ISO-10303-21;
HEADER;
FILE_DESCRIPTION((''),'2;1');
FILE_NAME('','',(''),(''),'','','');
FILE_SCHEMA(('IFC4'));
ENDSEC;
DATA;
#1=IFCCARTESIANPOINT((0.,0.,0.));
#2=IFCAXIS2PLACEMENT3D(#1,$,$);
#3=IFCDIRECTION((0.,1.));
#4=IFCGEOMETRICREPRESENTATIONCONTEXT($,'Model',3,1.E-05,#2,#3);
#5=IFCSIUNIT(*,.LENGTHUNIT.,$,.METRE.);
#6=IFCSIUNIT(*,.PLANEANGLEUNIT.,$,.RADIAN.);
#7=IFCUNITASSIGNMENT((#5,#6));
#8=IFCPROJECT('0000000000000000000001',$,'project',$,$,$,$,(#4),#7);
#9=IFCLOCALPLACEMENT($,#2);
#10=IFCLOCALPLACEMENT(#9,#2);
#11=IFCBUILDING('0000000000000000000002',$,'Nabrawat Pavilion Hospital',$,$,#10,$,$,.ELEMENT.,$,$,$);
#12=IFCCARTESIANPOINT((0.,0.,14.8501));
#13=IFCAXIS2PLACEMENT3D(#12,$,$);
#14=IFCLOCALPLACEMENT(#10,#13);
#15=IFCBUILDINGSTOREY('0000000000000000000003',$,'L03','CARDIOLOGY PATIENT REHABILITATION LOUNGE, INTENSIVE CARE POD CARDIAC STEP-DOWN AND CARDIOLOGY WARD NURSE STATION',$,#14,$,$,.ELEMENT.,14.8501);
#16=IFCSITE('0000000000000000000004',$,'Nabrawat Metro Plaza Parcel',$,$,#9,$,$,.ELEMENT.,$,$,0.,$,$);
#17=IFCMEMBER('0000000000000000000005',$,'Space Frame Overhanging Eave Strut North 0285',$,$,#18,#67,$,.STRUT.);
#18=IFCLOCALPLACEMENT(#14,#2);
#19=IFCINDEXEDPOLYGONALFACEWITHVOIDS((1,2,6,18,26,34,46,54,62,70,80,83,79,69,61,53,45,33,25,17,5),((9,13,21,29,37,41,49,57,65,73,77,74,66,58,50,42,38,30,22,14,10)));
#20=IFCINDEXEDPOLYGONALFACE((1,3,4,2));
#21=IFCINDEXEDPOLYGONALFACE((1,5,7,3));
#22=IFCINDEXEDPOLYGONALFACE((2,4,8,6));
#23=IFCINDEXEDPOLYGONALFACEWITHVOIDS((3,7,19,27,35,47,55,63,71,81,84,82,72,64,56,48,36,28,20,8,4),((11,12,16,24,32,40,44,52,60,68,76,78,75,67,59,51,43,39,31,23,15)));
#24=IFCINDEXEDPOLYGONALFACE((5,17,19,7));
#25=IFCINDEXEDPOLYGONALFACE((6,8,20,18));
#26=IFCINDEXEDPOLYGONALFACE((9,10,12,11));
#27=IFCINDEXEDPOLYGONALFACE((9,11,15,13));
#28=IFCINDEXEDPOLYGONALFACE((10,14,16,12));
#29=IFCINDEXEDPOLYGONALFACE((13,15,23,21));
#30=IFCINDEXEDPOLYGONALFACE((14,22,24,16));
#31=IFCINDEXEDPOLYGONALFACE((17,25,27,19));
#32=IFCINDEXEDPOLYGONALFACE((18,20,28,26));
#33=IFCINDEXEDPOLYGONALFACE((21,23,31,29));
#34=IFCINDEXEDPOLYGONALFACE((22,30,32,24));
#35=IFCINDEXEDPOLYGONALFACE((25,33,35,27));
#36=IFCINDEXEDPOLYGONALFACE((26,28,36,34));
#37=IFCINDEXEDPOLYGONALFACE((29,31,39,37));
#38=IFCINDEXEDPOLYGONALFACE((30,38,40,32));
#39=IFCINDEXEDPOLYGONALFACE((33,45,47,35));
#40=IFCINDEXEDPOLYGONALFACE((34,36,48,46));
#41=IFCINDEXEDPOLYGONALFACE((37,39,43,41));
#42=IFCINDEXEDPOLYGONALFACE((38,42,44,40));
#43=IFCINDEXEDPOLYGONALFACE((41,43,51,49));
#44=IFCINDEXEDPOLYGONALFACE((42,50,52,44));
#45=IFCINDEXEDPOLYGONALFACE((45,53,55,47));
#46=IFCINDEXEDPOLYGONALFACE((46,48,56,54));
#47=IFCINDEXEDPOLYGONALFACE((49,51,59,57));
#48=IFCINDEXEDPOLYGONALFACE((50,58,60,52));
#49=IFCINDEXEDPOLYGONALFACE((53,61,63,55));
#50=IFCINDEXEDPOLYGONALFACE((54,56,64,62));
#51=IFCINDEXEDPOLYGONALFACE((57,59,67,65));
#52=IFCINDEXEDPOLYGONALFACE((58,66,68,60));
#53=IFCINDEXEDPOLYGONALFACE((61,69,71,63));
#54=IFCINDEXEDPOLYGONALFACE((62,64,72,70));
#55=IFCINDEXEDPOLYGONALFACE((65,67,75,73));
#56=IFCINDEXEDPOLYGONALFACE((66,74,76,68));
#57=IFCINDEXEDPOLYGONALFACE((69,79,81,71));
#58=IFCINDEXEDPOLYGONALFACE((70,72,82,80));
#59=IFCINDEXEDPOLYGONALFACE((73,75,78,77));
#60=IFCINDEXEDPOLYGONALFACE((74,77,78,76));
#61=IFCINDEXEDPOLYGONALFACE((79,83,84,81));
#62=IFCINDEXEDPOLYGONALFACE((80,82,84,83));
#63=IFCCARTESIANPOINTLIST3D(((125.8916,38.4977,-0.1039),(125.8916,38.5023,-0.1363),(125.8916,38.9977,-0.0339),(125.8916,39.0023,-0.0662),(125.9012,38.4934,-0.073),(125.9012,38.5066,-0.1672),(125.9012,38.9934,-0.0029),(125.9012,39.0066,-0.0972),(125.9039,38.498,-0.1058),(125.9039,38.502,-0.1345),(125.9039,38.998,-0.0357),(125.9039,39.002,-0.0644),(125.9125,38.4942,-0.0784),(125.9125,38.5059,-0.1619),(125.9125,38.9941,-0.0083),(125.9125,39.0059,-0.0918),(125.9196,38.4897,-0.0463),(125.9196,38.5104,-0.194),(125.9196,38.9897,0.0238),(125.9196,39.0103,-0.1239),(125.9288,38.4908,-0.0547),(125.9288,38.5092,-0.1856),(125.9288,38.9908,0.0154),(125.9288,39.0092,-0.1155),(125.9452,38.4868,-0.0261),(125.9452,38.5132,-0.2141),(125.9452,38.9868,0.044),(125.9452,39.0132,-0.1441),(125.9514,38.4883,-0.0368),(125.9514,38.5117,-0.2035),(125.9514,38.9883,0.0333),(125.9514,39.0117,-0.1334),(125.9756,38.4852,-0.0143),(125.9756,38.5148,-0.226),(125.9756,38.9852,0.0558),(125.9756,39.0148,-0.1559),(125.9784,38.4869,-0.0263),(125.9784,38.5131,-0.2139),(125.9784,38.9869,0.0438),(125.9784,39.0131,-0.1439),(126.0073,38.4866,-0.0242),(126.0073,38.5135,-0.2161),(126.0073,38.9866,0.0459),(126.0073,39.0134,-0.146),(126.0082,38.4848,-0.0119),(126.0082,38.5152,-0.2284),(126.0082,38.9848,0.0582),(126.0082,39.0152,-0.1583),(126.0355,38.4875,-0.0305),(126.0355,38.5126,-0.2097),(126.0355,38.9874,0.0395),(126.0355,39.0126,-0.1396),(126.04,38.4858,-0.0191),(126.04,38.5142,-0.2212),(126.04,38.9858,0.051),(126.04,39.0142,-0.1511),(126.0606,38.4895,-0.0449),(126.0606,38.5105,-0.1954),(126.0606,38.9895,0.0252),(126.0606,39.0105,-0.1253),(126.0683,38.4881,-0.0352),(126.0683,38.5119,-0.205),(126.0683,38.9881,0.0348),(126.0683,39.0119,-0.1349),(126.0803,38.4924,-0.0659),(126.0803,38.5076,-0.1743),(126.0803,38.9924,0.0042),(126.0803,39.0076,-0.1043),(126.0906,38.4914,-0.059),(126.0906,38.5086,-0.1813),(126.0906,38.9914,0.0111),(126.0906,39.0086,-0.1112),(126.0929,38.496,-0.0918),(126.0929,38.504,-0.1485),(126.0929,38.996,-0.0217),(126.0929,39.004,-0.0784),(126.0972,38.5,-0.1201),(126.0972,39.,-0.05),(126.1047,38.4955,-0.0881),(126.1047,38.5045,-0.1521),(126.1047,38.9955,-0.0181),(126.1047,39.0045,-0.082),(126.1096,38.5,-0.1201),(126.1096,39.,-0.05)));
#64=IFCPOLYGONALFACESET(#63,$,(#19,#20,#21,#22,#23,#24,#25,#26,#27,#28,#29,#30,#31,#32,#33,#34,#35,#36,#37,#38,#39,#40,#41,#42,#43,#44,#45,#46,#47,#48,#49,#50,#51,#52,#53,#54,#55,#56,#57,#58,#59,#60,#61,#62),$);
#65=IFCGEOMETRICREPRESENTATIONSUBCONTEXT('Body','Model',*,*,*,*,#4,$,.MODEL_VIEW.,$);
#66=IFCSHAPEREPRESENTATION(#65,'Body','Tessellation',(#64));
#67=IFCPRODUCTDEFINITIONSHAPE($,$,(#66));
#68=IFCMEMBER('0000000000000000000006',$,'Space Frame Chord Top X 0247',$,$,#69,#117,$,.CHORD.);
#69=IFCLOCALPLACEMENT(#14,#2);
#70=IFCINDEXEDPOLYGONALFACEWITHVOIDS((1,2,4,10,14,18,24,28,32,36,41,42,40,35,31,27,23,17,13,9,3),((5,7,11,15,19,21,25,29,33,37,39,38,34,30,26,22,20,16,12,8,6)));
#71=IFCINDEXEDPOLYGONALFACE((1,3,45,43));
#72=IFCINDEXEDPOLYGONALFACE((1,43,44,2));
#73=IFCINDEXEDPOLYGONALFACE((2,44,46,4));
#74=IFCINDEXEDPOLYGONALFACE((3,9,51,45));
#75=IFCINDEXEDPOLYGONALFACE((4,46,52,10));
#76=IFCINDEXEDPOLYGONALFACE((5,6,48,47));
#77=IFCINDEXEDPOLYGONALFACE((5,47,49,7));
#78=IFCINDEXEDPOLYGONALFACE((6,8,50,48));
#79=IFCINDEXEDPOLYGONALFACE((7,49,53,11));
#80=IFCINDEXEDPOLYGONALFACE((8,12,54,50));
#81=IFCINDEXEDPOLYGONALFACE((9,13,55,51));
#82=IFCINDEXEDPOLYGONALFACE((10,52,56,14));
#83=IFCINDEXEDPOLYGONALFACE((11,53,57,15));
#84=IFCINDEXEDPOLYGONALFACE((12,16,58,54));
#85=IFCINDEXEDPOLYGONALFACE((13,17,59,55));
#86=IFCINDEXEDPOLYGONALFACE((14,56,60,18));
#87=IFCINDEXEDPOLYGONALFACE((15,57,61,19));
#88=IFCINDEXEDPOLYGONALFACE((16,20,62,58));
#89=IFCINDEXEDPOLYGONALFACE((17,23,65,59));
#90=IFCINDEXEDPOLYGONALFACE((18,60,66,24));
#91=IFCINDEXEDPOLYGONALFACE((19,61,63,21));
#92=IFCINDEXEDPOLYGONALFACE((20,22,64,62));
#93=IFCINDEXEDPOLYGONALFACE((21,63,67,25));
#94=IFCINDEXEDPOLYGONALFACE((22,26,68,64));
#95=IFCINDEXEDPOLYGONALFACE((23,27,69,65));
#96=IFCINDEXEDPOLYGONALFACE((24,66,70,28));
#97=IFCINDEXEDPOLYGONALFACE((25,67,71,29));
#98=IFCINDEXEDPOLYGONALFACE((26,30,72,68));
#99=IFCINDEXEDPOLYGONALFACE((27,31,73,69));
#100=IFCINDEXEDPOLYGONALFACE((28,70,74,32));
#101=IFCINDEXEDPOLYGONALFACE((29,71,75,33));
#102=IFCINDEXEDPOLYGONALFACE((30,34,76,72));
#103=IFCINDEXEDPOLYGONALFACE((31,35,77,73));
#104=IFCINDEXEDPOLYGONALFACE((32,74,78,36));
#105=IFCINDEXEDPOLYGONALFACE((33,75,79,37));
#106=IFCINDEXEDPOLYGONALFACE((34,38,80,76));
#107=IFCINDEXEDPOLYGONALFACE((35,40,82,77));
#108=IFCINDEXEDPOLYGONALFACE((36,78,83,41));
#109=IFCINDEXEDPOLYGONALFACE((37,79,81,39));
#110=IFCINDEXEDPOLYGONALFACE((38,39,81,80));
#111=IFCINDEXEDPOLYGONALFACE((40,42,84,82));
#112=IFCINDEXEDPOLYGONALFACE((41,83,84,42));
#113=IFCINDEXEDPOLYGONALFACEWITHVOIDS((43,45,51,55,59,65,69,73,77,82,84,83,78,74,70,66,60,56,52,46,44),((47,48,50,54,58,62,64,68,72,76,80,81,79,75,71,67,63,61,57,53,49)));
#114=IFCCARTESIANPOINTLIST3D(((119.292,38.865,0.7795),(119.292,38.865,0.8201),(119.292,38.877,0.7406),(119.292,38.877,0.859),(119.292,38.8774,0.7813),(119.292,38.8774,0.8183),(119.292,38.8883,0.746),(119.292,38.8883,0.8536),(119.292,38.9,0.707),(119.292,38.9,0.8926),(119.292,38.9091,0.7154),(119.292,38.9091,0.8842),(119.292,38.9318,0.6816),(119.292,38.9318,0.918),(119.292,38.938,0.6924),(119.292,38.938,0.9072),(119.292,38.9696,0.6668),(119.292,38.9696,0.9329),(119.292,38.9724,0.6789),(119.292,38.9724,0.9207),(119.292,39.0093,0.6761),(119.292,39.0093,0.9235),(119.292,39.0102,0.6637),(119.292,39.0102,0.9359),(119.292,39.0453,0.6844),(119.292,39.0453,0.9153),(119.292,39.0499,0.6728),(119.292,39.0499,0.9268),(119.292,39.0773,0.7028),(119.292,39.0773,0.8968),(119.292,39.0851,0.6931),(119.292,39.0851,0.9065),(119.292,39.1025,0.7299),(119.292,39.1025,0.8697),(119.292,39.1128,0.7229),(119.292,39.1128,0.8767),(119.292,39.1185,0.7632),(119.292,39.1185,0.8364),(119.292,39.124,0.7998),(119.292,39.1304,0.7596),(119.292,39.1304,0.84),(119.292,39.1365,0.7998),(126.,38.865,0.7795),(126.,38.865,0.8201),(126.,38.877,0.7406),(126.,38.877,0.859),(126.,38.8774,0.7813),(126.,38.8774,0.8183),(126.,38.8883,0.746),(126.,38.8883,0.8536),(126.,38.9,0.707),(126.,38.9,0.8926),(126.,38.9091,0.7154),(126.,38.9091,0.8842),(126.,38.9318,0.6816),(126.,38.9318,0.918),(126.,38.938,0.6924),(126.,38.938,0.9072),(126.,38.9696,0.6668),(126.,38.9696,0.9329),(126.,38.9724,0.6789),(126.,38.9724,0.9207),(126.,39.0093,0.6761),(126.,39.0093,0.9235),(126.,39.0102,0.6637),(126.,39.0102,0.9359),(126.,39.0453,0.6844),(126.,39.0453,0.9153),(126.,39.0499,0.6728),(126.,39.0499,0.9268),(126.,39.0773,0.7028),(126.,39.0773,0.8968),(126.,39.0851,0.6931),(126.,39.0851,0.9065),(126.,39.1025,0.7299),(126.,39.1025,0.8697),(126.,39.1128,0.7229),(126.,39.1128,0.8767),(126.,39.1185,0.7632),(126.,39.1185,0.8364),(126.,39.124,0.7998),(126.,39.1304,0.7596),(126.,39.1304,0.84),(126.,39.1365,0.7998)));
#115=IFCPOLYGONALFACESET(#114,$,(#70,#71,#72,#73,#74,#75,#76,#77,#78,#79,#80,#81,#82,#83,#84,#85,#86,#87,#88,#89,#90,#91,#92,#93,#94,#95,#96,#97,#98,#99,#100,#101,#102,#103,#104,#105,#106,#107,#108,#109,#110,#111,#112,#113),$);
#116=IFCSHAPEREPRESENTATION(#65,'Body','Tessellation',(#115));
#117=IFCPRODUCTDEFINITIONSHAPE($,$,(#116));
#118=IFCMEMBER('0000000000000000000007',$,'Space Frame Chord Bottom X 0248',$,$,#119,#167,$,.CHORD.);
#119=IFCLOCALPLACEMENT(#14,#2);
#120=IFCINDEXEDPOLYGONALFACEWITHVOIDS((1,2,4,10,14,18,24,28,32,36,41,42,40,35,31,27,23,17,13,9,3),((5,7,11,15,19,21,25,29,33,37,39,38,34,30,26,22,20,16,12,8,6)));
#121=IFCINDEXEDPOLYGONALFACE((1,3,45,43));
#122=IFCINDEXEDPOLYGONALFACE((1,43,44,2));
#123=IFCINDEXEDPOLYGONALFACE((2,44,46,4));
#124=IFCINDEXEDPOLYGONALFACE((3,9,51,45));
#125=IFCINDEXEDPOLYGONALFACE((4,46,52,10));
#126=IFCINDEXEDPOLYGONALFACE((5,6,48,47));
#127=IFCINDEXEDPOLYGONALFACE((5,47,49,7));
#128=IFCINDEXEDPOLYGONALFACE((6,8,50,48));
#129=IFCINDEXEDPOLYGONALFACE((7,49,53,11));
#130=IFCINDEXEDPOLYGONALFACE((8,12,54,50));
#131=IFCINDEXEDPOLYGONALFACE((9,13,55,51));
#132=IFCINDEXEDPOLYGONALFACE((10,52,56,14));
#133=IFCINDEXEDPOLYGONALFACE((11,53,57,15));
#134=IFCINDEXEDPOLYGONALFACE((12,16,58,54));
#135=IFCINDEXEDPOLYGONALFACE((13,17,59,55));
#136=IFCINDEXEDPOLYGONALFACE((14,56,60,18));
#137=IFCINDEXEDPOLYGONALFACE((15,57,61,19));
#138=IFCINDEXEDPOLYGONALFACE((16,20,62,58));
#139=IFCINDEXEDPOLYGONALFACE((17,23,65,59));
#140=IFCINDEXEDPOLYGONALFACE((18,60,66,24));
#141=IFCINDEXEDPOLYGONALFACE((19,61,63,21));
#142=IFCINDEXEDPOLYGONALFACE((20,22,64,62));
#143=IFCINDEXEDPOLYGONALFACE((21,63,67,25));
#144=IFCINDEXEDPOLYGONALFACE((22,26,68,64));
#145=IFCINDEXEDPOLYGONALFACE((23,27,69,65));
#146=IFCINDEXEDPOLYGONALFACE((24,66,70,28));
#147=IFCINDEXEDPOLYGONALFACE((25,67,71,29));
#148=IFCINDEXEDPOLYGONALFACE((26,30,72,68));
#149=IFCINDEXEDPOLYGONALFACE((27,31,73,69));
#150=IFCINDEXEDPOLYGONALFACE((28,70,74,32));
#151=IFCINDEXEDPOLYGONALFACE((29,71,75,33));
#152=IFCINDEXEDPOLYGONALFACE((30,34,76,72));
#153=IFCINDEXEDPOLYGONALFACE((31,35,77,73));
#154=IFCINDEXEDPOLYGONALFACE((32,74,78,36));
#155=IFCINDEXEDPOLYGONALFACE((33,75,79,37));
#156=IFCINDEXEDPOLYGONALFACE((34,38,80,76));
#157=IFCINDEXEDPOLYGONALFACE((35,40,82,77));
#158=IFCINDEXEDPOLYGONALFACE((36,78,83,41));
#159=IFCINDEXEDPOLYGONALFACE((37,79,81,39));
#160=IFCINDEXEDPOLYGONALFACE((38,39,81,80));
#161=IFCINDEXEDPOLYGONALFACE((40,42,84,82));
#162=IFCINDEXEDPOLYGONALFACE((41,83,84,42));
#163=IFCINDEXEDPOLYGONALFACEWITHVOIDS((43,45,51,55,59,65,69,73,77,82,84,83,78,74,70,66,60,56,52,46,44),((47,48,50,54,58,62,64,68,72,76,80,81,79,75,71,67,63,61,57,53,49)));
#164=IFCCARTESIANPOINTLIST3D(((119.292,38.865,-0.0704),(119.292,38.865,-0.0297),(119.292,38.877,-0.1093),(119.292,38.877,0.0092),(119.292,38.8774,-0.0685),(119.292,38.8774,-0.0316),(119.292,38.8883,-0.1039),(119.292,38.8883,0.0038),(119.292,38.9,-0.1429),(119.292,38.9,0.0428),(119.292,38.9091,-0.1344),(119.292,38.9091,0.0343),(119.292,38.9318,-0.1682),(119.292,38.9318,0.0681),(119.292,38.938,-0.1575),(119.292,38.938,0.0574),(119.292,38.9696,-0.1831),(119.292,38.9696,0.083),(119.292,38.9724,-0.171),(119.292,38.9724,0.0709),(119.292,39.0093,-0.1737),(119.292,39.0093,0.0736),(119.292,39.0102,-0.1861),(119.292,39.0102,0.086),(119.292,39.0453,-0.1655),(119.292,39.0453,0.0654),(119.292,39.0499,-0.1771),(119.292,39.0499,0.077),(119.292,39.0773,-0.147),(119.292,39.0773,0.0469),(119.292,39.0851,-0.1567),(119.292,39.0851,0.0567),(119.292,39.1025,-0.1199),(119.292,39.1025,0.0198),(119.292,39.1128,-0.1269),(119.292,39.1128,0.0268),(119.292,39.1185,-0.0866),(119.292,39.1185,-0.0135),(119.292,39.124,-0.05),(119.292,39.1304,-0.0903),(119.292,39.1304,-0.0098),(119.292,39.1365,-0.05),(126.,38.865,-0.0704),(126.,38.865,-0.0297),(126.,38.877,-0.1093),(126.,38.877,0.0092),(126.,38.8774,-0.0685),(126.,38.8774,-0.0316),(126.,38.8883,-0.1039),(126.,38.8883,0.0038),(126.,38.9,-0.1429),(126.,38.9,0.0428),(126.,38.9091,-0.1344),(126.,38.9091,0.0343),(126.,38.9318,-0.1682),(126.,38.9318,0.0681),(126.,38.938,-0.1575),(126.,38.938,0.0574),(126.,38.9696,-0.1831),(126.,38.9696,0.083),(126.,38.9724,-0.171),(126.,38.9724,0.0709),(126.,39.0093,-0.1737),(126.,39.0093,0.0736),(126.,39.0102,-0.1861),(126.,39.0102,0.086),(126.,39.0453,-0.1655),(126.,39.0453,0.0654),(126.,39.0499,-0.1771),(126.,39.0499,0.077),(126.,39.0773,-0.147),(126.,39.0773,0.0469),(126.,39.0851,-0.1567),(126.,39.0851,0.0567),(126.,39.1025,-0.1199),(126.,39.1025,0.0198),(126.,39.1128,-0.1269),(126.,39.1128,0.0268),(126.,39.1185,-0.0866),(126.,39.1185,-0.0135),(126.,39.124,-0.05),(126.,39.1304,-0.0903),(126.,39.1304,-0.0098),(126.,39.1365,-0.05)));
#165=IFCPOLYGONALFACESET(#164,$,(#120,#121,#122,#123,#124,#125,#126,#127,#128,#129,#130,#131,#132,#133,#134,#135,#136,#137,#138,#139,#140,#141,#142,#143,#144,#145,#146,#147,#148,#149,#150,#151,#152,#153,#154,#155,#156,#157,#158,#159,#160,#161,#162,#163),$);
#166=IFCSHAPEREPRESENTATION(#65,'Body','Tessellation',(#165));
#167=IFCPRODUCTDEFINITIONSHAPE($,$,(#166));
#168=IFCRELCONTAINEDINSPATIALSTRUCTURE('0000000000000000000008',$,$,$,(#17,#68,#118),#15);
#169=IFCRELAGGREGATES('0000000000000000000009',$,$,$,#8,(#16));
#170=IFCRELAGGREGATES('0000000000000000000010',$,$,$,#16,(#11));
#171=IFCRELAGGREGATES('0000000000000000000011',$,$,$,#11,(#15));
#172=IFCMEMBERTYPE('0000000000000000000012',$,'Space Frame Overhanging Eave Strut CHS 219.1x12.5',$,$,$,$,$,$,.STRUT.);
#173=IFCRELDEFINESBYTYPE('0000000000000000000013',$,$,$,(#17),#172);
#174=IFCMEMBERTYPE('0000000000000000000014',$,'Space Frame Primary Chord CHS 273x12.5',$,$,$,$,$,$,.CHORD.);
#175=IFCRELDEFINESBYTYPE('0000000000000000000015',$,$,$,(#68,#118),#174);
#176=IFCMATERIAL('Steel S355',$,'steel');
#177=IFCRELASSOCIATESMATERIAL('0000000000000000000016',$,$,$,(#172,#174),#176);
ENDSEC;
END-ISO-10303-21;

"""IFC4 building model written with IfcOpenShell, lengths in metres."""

from ifc_helpers import new_model, si_unit, direction, frame, origin, origin_2d, place, context, subcontext, project, spatial, hollow_circle, extrude, material, material_profile, profile_set, type_object, element, save


model = new_model("IFC4")

# Units and contexts
model_context = context("Model", 3, precision=1e-05, world=origin(), true_north=direction((0.0, 1.0)))
body_context = subcontext(model_context, "Body", "Model", "MODEL_VIEW")
ifc_project = project(units=[si_unit("LENGTHUNIT", "METRE"), si_unit("PLANEANGLEUNIT", "RADIAN")], contexts=[model_context])

# Site, building, storey
site_placement = place(None, origin())
site = spatial("IfcSite", under=ifc_project, at=site_placement, Name="Nabrawat Metro Plaza Parcel", CompositionType="ELEMENT", RefElevation=0.0)
building_placement = place(site_placement, origin())
building = spatial("IfcBuilding", under=site, at=building_placement, Name="Nabrawat Pavilion Hospital", CompositionType="ELEMENT")
storey_placement = place(building_placement, frame((0.0, 0.0, 14.8501)))
storey = spatial("IfcBuildingStorey", under=building, at=storey_placement, Name="L03", Description="CARDIOLOGY PATIENT REHABILITATION LOUNGE, INTENSIVE CARE POD CARDIAC STEP-DOWN AND CARDIOLOGY WARD NURSE STATION", CompositionType="ELEMENT", Elevation=14.8501)

# Shared definitions
ifc_material_1 = material(Name="Steel S355", Category="steel")

# Members
ifc_material_profile_1 = material_profile(ifc_material_1, hollow_circle(Radius=0.1096, WallThickness=0.0125, at=origin_2d()), Name="CHS 219.1x12.5")
ifc_profile_set_1 = profile_set([ifc_material_profile_1], Name="Steel S355")
member_type_1 = type_object("IfcMemberType", Name="Space Frame Overhanging Eave Strut CHS 219.1x12.5", PredefinedType="STRUT", material=ifc_profile_set_1)
for number, where, z_axis, x_axis, name in (
    (1, (126.0, 39.0, -0.05), (0.0, -0.990323, -0.138781), (1.0, 0.0, 0.0), "Space Frame Overhanging Eave Strut North 0285"),
):
    element("IfcMember", number, at=place(storey_placement, frame(where, z_axis=z_axis, x_axis=x_axis)), inside=storey, type_object=member_type_1, Name=name, PredefinedType="STRUT", context=body_context, shape_type="SweptSolid", body=[
        extrude(hollow_circle(Radius=0.1096, WallThickness=0.0125, at=origin_2d()), origin(), (0.0, 0.0, 1.0), 0.5049),
    ])
ifc_material_profile_2 = material_profile(ifc_material_1, hollow_circle(Radius=0.1365, WallThickness=0.0125, at=origin_2d()), Name="CHS 273x12.5")
ifc_profile_set_2 = profile_set([ifc_material_profile_2], Name="Steel S355")
member_type_2 = type_object("IfcMemberType", Name="Space Frame Primary Chord CHS 273x12.5", PredefinedType="CHORD", material=ifc_profile_set_2)
for number, where, z_axis, x_axis, name in (
    (2, (119.292, 39.0, 0.7998), (1.0, 0.0, 0.0), (0.0, 1.0, 0.0), "Space Frame Chord Top X 0247"),
    (3, (119.292, 39.0, -0.05), (1.0, 0.0, 0.0), (0.0, 1.0, 0.0), "Space Frame Chord Bottom X 0248"),
):
    element("IfcMember", number, at=place(storey_placement, frame(where, z_axis=z_axis, x_axis=x_axis)), inside=storey, type_object=member_type_2, Name=name, PredefinedType="CHORD", context=body_context, shape_type="SweptSolid", body=[
        extrude(hollow_circle(Radius=0.1365, WallThickness=0.0125, at=origin_2d()), origin(), (0.0, 0.0, 1.0), 6.708),
    ])

save(model, "model.ifc")
